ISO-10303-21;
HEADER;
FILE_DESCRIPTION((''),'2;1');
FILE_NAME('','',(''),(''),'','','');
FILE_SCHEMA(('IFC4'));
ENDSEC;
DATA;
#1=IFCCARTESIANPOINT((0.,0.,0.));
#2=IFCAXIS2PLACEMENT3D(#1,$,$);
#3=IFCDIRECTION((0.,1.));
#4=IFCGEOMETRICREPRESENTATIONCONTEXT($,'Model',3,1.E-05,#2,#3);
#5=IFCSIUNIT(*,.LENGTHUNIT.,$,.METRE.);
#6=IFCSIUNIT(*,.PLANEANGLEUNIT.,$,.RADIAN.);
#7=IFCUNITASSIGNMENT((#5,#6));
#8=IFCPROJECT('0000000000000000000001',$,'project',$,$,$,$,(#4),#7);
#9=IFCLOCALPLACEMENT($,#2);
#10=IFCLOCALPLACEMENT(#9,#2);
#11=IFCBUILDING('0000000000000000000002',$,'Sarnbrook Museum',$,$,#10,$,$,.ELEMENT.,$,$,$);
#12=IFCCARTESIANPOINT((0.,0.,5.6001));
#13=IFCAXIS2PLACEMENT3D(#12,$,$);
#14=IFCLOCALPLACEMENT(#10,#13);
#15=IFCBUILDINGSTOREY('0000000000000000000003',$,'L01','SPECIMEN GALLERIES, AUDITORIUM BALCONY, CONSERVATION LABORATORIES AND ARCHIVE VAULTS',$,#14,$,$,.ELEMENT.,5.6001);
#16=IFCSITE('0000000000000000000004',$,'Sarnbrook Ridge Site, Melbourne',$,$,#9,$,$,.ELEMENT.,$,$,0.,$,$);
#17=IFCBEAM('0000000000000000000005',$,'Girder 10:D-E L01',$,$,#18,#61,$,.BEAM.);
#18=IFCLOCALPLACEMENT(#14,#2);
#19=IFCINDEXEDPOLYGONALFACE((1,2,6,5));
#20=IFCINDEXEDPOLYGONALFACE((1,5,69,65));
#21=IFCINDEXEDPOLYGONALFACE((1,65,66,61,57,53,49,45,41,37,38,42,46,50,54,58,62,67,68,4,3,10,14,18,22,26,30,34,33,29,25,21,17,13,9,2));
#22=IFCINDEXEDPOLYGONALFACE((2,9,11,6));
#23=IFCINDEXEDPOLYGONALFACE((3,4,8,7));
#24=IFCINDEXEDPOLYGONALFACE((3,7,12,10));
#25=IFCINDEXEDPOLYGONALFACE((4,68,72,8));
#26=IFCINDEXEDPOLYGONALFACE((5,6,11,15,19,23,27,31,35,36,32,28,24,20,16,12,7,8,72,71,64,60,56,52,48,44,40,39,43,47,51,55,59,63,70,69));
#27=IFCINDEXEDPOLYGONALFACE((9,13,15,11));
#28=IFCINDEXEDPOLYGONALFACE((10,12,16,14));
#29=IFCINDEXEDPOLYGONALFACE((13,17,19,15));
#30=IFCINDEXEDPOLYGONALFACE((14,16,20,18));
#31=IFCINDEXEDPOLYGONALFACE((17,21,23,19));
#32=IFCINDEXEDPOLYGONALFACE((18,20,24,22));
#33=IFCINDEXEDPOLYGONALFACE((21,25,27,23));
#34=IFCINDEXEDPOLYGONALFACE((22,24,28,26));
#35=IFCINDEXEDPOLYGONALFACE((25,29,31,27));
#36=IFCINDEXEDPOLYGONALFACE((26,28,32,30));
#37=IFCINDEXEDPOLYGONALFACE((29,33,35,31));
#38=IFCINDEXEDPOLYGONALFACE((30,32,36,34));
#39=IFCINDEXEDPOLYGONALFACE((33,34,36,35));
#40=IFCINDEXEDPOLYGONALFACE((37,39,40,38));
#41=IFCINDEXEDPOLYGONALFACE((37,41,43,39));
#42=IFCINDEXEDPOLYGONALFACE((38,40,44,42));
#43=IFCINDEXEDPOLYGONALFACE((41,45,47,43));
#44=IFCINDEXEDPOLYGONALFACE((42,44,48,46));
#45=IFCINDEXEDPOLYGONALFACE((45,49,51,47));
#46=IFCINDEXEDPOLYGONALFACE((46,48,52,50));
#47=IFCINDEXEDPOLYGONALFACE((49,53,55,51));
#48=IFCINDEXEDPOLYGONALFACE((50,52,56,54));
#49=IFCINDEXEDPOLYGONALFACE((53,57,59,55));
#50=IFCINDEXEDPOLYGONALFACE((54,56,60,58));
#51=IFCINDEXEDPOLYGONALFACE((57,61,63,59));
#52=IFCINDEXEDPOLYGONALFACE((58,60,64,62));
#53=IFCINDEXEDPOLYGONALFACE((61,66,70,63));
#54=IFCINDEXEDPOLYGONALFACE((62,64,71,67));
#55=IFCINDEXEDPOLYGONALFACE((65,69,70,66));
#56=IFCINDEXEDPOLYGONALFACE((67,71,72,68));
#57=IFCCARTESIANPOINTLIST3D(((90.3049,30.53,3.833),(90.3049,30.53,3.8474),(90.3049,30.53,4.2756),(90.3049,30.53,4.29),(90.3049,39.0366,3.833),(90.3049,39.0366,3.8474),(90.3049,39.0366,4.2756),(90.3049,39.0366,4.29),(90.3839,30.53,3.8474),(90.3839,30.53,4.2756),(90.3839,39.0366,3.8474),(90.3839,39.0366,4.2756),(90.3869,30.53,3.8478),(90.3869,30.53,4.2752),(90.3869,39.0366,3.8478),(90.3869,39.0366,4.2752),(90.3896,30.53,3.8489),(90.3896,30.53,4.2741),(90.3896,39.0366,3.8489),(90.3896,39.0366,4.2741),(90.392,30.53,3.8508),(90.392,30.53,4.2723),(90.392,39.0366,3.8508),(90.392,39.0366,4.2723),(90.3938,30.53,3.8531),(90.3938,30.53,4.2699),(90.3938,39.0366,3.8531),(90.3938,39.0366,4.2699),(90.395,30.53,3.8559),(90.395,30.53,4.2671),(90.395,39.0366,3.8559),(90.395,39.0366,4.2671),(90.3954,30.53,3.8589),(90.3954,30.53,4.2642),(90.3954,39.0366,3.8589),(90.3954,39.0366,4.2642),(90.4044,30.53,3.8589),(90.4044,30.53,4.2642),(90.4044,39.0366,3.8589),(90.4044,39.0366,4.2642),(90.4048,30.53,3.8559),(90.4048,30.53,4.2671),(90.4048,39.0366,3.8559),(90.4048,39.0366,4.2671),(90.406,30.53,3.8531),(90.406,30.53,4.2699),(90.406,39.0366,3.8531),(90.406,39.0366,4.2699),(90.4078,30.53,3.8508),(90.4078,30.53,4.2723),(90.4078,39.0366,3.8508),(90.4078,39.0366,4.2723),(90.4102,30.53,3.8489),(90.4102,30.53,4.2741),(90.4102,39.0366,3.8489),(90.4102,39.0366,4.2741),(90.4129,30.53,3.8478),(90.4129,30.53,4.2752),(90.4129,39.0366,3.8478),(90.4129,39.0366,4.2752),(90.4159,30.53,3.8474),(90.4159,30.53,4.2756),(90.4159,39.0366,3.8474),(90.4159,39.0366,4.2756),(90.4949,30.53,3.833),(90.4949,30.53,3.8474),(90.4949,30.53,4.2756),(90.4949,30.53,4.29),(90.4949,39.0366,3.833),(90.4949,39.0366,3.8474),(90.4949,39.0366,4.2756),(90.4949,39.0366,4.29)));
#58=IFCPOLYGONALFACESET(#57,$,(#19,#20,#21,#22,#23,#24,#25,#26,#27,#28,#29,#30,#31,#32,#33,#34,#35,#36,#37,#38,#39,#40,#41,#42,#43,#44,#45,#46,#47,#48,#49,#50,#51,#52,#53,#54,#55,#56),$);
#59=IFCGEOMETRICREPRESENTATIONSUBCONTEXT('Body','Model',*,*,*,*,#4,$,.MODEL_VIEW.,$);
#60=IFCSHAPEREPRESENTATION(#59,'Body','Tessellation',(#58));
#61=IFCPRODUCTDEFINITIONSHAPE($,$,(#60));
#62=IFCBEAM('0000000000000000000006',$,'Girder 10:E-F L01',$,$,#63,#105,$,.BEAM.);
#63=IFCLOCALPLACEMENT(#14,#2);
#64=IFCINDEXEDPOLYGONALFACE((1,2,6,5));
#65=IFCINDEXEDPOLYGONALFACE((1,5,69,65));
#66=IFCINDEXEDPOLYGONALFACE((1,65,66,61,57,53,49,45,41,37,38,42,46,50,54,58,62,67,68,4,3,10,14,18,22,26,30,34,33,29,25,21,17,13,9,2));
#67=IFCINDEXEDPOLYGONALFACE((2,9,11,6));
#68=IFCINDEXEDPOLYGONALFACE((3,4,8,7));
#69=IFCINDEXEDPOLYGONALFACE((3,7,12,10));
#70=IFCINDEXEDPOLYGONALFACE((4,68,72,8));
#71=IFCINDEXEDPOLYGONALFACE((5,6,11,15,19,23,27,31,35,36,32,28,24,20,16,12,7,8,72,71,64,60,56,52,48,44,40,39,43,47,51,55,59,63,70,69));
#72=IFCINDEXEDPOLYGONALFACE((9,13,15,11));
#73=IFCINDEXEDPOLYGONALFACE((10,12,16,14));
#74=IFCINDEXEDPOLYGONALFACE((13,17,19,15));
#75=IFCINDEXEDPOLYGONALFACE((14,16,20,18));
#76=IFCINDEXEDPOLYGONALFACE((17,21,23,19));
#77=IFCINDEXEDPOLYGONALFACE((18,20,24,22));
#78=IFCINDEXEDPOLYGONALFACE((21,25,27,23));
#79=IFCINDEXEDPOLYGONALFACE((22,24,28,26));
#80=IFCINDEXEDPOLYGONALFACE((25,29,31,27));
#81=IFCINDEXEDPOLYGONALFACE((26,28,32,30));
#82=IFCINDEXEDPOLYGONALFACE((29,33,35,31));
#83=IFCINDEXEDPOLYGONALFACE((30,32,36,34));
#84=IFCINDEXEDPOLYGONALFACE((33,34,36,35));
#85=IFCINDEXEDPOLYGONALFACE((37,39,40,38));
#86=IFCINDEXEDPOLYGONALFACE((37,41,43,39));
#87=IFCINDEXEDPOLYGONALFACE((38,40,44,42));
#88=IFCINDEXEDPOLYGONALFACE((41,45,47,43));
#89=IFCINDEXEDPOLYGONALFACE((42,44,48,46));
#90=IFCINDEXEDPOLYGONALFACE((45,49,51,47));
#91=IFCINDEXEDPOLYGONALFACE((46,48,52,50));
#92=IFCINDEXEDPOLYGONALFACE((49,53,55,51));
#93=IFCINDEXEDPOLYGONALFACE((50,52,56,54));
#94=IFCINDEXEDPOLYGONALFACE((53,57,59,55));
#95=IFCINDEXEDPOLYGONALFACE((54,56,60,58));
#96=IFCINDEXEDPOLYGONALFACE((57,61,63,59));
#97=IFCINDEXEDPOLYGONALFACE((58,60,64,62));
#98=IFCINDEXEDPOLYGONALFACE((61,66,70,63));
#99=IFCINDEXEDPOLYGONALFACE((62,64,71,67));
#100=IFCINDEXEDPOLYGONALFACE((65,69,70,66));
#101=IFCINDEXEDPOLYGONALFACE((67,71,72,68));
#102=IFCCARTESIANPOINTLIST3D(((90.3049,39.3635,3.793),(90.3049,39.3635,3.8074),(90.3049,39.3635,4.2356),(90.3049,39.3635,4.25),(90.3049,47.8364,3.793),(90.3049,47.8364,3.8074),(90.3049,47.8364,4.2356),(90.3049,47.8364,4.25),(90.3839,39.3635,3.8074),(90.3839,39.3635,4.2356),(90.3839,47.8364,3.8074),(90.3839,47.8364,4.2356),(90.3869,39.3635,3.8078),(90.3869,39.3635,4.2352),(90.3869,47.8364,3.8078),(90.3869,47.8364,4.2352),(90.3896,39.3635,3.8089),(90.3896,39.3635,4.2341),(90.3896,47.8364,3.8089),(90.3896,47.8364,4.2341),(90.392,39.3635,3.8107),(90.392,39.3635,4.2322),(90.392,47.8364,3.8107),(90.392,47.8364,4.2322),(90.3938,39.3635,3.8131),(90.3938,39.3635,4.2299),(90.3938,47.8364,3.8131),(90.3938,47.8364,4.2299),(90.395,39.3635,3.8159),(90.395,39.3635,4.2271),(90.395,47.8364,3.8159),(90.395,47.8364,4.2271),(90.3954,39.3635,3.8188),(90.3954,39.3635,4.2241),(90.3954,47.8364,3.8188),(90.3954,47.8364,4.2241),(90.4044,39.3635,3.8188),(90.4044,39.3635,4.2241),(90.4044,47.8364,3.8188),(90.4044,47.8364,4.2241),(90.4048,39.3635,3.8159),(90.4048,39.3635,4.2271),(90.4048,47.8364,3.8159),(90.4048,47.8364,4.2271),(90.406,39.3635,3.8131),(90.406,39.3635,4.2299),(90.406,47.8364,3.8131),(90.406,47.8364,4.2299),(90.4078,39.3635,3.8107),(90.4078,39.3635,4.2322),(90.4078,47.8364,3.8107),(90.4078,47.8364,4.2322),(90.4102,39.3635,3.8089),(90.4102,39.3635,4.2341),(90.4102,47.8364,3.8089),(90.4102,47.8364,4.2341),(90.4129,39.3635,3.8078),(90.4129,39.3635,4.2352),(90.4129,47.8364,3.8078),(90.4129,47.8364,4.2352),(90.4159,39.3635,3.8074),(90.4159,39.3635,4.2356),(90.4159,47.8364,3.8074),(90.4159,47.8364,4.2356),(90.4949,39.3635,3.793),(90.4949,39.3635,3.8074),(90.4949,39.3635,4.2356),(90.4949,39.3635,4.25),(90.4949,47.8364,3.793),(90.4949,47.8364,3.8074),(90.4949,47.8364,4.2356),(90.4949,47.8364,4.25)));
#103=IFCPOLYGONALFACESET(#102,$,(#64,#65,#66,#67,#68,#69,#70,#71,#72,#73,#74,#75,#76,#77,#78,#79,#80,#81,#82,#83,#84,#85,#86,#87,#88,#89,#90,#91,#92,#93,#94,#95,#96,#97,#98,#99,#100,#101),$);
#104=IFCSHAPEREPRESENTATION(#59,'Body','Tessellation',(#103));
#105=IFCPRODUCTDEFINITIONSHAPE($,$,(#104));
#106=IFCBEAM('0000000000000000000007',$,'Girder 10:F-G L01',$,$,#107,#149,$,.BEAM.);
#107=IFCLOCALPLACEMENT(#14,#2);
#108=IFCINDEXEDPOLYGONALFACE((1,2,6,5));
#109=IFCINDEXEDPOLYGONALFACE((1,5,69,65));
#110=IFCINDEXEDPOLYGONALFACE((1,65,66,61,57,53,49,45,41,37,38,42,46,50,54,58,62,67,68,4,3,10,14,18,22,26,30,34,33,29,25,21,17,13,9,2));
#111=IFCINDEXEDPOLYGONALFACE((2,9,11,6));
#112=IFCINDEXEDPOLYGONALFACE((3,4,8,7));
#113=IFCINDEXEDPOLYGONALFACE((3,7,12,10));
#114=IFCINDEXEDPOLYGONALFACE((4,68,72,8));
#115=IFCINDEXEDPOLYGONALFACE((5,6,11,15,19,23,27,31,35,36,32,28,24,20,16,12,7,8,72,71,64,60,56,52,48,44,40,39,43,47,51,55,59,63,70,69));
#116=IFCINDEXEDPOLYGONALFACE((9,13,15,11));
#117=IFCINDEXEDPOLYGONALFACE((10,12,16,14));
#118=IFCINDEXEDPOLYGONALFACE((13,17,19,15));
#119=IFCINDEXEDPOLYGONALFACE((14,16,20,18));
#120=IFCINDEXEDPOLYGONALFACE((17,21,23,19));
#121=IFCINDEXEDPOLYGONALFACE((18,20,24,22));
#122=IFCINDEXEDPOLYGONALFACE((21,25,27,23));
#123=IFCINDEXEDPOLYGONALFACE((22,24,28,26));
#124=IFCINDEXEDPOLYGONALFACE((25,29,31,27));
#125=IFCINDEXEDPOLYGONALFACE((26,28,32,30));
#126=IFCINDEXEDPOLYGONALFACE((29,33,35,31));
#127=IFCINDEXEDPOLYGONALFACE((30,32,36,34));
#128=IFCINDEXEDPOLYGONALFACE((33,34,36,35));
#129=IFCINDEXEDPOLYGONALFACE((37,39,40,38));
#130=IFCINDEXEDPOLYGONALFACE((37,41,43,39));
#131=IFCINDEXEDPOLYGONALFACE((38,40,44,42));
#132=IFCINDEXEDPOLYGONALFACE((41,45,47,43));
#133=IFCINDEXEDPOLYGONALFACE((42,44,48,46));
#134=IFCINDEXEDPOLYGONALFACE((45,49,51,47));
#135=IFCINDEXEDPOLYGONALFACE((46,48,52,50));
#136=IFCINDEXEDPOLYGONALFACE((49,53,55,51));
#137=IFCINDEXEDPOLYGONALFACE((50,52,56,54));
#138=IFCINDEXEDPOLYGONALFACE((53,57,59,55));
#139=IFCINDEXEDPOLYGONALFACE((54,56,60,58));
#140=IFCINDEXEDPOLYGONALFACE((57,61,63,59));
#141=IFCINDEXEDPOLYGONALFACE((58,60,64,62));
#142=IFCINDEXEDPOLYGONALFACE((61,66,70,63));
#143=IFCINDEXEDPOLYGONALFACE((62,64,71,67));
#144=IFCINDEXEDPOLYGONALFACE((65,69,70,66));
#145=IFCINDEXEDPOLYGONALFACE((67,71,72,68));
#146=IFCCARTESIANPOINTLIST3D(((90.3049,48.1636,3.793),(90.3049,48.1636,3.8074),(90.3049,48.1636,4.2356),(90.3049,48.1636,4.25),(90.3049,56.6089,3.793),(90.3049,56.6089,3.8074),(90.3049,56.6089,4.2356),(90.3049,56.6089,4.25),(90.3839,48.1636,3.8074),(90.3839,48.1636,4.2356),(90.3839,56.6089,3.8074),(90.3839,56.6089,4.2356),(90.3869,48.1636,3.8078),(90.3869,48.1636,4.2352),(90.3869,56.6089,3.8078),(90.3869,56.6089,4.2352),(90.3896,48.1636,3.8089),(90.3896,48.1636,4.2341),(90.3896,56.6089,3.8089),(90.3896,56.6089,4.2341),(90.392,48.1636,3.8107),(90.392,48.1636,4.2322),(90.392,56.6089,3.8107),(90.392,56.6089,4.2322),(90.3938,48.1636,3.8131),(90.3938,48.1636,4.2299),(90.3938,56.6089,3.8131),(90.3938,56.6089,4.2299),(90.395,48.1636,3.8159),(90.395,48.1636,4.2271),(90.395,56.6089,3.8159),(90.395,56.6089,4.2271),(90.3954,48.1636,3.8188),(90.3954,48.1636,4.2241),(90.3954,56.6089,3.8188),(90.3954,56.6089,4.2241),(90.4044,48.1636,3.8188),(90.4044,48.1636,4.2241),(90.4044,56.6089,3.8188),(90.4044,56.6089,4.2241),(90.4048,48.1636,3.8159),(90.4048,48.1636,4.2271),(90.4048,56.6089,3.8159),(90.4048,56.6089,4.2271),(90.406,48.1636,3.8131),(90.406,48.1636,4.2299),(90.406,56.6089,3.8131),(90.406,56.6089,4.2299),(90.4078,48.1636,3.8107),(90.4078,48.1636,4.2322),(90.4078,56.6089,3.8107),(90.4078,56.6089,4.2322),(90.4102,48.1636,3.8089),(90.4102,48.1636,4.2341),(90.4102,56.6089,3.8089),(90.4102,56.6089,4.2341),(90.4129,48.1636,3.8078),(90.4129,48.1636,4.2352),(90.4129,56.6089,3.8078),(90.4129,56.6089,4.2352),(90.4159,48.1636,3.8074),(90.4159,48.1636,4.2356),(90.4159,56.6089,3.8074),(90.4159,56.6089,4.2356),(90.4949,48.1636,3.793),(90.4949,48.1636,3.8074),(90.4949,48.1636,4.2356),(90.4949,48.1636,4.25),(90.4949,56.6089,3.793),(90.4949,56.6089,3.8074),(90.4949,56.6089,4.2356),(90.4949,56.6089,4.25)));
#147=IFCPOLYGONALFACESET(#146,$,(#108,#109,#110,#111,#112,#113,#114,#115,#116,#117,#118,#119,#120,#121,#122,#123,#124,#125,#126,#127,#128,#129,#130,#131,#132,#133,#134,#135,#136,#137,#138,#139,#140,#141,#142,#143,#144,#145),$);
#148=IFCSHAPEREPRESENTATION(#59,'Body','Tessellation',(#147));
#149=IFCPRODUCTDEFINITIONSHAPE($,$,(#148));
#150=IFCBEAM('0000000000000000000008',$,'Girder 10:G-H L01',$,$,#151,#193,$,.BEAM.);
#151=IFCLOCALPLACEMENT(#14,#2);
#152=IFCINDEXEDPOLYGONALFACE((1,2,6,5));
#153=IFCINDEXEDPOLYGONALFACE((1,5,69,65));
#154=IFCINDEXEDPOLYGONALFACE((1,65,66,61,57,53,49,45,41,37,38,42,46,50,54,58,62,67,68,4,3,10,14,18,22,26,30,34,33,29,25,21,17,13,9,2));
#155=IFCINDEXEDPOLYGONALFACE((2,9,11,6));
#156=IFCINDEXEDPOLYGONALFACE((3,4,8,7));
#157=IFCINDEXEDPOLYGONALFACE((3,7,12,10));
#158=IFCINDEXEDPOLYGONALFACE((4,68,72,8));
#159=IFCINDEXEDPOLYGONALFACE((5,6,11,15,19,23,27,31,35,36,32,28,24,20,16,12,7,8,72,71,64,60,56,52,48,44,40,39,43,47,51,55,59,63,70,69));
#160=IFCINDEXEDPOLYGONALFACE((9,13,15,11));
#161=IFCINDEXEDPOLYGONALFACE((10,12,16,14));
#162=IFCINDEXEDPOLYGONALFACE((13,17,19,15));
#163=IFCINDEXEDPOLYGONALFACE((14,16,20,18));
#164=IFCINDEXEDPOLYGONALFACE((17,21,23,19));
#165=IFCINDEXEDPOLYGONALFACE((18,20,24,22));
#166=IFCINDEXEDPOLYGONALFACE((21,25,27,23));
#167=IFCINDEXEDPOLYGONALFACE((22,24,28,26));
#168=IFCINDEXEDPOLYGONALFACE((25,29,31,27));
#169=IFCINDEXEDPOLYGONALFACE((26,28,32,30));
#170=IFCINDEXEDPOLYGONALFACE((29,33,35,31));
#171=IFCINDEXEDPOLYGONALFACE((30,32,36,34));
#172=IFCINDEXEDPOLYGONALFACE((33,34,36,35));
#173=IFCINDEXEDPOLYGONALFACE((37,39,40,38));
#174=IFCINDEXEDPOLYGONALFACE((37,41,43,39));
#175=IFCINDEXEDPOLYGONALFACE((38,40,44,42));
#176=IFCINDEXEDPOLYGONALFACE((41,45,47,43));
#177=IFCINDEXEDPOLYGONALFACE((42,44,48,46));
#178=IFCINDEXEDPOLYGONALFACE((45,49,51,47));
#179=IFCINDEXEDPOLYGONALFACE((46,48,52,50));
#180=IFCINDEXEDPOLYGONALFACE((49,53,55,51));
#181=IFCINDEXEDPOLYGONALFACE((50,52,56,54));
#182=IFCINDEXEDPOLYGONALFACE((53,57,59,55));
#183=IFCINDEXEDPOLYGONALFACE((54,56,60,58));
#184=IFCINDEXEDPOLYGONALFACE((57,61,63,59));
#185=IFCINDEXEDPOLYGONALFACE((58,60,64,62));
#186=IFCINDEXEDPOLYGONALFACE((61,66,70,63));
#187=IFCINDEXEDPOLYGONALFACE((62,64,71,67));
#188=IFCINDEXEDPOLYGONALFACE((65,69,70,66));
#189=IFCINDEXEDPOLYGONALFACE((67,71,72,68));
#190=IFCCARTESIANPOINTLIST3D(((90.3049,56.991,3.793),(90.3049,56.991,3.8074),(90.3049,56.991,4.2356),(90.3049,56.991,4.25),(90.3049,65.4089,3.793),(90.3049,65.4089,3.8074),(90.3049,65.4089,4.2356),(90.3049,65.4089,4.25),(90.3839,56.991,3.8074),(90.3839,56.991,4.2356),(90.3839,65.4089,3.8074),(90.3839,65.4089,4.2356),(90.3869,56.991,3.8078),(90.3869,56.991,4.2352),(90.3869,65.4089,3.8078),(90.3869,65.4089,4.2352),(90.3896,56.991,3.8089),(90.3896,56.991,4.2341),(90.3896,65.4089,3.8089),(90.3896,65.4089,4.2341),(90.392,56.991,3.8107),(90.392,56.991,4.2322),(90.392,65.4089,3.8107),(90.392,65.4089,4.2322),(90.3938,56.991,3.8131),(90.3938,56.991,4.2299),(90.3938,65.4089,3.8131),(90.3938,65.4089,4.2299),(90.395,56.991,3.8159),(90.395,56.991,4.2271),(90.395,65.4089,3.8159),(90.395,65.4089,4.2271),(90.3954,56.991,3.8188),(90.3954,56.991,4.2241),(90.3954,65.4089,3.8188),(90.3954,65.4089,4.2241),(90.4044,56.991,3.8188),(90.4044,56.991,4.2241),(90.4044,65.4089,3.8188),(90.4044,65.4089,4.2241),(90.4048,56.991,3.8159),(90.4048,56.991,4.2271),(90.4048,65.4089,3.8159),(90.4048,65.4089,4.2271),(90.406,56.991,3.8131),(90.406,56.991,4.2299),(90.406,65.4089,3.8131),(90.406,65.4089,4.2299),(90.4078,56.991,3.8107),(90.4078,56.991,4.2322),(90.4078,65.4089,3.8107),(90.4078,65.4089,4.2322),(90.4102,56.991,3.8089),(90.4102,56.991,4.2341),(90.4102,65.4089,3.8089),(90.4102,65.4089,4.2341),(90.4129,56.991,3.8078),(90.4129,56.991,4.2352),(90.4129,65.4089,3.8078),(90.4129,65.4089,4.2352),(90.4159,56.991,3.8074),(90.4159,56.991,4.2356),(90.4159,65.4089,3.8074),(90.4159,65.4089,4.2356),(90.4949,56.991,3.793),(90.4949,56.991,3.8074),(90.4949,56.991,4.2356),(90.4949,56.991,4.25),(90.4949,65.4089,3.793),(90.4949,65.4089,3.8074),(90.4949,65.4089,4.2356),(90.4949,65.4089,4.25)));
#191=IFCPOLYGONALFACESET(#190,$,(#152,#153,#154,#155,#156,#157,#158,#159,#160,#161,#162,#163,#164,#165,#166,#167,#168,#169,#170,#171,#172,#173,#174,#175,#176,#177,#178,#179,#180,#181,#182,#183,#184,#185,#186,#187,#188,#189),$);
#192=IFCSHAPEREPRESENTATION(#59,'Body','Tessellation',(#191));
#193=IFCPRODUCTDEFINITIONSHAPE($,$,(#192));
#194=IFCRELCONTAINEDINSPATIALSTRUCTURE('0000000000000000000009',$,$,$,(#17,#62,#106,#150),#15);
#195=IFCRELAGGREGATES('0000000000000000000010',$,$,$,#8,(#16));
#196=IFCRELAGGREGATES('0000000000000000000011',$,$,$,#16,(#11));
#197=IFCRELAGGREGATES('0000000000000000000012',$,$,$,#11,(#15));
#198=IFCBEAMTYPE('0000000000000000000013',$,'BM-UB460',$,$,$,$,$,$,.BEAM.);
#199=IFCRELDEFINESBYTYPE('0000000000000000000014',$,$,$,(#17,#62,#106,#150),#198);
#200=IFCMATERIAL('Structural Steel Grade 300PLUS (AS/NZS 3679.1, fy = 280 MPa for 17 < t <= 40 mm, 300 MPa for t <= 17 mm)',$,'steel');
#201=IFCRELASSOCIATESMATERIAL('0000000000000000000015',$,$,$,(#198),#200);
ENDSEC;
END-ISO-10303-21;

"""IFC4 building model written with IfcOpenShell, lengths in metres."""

from ifc_helpers import new_model, si_unit, direction, frame, origin, origin_2d, place, context, subcontext, project, spatial, i_section, extrude, material, material_profile, profile_set, type_object, element, save


model = new_model("IFC4")

# Units and contexts
model_context = context("Model", 3, precision=1e-05, world=origin(), true_north=direction((0.0, 1.0)))
body_context = subcontext(model_context, "Body", "Model", "MODEL_VIEW")
ifc_project = project(units=[si_unit("LENGTHUNIT", "METRE"), si_unit("PLANEANGLEUNIT", "RADIAN")], contexts=[model_context])

# Site, building, storey
site_placement = place(None, origin())
site = spatial("IfcSite", under=ifc_project, at=site_placement, Name="Sarnbrook Ridge Site, Melbourne", CompositionType="ELEMENT", RefElevation=0.0)
building_placement = place(site_placement, origin())
building = spatial("IfcBuilding", under=site, at=building_placement, Name="Sarnbrook Museum", CompositionType="ELEMENT")
storey_placement = place(building_placement, frame((0.0, 0.0, 5.6001)))
storey = spatial("IfcBuildingStorey", under=building, at=storey_placement, Name="L01", Description="SPECIMEN GALLERIES, AUDITORIUM BALCONY, CONSERVATION LABORATORIES AND ARCHIVE VAULTS", CompositionType="ELEMENT", Elevation=5.6001)

# Shared definitions
ifc_material_1 = material(Name="Structural Steel Grade 300PLUS (AS/NZS 3679.1, fy = 280 MPa for 17 < t <= 40 mm, 300 MPa for t <= 17 mm)", Category="steel")

# Beams
ifc_material_profile_1 = material_profile(ifc_material_1, i_section(OverallWidth=0.1899, OverallDepth=0.457, WebThickness=0.009, FlangeThickness=0.0144, FilletRadius=0.0115, at=origin_2d()), Name="460UB74.6")
ifc_profile_set_1 = profile_set([ifc_material_profile_1], Name="Structural Steel Grade 300PLUS (AS/NZS 3679.1, fy = 280 MPa for 17 < t <= 40 mm, 300 MPa for t <= 17 mm)")
beam_type_1 = type_object("IfcBeamType", Name="BM-UB460", PredefinedType="BEAM", material=ifc_profile_set_1)
beam_1_placement = place(storey_placement, frame((90.3999, 30.53, 4.0615), z_axis=(0.0, 1.0, 0.0), x_axis=(-1.0, 0.0, 0.0)))
element("IfcBeam", 1, at=beam_1_placement, inside=storey, type_object=beam_type_1, Name="Girder 10:D-E L01", PredefinedType="BEAM", context=body_context, shape_type="SweptSolid", body=[
    extrude(i_section(OverallWidth=0.1899, OverallDepth=0.457, WebThickness=0.009, FlangeThickness=0.0144, FilletRadius=0.0115, at=origin_2d()), origin(), (0.0, 0.0, 1.0), 8.5066),
])
beam_2_placement = place(storey_placement, frame((90.3999, 39.3635, 4.0215), z_axis=(0.0, 1.0, 0.0), x_axis=(-1.0, 0.0, 0.0)))
element("IfcBeam", 2, at=beam_2_placement, inside=storey, type_object=beam_type_1, Name="Girder 10:E-F L01", PredefinedType="BEAM", context=body_context, shape_type="SweptSolid", body=[
    extrude(i_section(OverallWidth=0.1899, OverallDepth=0.457, WebThickness=0.009, FlangeThickness=0.0144, FilletRadius=0.0115, at=origin_2d()), origin(), (0.0, 0.0, 1.0), 8.4729),
])
beam_3_placement = place(storey_placement, frame((90.3999, 48.1636, 4.0215), z_axis=(0.0, 1.0, 0.0), x_axis=(-1.0, 0.0, 0.0)))
element("IfcBeam", 3, at=beam_3_placement, inside=storey, type_object=beam_type_1, Name="Girder 10:F-G L01", PredefinedType="BEAM", context=body_context, shape_type="SweptSolid", body=[
    extrude(i_section(OverallWidth=0.1899, OverallDepth=0.457, WebThickness=0.009, FlangeThickness=0.0144, FilletRadius=0.0115, at=origin_2d()), origin(), (0.0, 0.0, 1.0), 8.4453),
])
beam_4_placement = place(storey_placement, frame((90.3999, 56.991, 4.0215), z_axis=(0.0, 1.0, 0.0), x_axis=(-1.0, 0.0, 0.0)))
element("IfcBeam", 4, at=beam_4_placement, inside=storey, type_object=beam_type_1, Name="Girder 10:G-H L01", PredefinedType="BEAM", context=body_context, shape_type="SweptSolid", body=[
    extrude(i_section(OverallWidth=0.1899, OverallDepth=0.457, WebThickness=0.009, FlangeThickness=0.0144, FilletRadius=0.0115, at=origin_2d()), origin(), (0.0, 0.0, 1.0), 8.418),
])

save(model, "model.ifc")
